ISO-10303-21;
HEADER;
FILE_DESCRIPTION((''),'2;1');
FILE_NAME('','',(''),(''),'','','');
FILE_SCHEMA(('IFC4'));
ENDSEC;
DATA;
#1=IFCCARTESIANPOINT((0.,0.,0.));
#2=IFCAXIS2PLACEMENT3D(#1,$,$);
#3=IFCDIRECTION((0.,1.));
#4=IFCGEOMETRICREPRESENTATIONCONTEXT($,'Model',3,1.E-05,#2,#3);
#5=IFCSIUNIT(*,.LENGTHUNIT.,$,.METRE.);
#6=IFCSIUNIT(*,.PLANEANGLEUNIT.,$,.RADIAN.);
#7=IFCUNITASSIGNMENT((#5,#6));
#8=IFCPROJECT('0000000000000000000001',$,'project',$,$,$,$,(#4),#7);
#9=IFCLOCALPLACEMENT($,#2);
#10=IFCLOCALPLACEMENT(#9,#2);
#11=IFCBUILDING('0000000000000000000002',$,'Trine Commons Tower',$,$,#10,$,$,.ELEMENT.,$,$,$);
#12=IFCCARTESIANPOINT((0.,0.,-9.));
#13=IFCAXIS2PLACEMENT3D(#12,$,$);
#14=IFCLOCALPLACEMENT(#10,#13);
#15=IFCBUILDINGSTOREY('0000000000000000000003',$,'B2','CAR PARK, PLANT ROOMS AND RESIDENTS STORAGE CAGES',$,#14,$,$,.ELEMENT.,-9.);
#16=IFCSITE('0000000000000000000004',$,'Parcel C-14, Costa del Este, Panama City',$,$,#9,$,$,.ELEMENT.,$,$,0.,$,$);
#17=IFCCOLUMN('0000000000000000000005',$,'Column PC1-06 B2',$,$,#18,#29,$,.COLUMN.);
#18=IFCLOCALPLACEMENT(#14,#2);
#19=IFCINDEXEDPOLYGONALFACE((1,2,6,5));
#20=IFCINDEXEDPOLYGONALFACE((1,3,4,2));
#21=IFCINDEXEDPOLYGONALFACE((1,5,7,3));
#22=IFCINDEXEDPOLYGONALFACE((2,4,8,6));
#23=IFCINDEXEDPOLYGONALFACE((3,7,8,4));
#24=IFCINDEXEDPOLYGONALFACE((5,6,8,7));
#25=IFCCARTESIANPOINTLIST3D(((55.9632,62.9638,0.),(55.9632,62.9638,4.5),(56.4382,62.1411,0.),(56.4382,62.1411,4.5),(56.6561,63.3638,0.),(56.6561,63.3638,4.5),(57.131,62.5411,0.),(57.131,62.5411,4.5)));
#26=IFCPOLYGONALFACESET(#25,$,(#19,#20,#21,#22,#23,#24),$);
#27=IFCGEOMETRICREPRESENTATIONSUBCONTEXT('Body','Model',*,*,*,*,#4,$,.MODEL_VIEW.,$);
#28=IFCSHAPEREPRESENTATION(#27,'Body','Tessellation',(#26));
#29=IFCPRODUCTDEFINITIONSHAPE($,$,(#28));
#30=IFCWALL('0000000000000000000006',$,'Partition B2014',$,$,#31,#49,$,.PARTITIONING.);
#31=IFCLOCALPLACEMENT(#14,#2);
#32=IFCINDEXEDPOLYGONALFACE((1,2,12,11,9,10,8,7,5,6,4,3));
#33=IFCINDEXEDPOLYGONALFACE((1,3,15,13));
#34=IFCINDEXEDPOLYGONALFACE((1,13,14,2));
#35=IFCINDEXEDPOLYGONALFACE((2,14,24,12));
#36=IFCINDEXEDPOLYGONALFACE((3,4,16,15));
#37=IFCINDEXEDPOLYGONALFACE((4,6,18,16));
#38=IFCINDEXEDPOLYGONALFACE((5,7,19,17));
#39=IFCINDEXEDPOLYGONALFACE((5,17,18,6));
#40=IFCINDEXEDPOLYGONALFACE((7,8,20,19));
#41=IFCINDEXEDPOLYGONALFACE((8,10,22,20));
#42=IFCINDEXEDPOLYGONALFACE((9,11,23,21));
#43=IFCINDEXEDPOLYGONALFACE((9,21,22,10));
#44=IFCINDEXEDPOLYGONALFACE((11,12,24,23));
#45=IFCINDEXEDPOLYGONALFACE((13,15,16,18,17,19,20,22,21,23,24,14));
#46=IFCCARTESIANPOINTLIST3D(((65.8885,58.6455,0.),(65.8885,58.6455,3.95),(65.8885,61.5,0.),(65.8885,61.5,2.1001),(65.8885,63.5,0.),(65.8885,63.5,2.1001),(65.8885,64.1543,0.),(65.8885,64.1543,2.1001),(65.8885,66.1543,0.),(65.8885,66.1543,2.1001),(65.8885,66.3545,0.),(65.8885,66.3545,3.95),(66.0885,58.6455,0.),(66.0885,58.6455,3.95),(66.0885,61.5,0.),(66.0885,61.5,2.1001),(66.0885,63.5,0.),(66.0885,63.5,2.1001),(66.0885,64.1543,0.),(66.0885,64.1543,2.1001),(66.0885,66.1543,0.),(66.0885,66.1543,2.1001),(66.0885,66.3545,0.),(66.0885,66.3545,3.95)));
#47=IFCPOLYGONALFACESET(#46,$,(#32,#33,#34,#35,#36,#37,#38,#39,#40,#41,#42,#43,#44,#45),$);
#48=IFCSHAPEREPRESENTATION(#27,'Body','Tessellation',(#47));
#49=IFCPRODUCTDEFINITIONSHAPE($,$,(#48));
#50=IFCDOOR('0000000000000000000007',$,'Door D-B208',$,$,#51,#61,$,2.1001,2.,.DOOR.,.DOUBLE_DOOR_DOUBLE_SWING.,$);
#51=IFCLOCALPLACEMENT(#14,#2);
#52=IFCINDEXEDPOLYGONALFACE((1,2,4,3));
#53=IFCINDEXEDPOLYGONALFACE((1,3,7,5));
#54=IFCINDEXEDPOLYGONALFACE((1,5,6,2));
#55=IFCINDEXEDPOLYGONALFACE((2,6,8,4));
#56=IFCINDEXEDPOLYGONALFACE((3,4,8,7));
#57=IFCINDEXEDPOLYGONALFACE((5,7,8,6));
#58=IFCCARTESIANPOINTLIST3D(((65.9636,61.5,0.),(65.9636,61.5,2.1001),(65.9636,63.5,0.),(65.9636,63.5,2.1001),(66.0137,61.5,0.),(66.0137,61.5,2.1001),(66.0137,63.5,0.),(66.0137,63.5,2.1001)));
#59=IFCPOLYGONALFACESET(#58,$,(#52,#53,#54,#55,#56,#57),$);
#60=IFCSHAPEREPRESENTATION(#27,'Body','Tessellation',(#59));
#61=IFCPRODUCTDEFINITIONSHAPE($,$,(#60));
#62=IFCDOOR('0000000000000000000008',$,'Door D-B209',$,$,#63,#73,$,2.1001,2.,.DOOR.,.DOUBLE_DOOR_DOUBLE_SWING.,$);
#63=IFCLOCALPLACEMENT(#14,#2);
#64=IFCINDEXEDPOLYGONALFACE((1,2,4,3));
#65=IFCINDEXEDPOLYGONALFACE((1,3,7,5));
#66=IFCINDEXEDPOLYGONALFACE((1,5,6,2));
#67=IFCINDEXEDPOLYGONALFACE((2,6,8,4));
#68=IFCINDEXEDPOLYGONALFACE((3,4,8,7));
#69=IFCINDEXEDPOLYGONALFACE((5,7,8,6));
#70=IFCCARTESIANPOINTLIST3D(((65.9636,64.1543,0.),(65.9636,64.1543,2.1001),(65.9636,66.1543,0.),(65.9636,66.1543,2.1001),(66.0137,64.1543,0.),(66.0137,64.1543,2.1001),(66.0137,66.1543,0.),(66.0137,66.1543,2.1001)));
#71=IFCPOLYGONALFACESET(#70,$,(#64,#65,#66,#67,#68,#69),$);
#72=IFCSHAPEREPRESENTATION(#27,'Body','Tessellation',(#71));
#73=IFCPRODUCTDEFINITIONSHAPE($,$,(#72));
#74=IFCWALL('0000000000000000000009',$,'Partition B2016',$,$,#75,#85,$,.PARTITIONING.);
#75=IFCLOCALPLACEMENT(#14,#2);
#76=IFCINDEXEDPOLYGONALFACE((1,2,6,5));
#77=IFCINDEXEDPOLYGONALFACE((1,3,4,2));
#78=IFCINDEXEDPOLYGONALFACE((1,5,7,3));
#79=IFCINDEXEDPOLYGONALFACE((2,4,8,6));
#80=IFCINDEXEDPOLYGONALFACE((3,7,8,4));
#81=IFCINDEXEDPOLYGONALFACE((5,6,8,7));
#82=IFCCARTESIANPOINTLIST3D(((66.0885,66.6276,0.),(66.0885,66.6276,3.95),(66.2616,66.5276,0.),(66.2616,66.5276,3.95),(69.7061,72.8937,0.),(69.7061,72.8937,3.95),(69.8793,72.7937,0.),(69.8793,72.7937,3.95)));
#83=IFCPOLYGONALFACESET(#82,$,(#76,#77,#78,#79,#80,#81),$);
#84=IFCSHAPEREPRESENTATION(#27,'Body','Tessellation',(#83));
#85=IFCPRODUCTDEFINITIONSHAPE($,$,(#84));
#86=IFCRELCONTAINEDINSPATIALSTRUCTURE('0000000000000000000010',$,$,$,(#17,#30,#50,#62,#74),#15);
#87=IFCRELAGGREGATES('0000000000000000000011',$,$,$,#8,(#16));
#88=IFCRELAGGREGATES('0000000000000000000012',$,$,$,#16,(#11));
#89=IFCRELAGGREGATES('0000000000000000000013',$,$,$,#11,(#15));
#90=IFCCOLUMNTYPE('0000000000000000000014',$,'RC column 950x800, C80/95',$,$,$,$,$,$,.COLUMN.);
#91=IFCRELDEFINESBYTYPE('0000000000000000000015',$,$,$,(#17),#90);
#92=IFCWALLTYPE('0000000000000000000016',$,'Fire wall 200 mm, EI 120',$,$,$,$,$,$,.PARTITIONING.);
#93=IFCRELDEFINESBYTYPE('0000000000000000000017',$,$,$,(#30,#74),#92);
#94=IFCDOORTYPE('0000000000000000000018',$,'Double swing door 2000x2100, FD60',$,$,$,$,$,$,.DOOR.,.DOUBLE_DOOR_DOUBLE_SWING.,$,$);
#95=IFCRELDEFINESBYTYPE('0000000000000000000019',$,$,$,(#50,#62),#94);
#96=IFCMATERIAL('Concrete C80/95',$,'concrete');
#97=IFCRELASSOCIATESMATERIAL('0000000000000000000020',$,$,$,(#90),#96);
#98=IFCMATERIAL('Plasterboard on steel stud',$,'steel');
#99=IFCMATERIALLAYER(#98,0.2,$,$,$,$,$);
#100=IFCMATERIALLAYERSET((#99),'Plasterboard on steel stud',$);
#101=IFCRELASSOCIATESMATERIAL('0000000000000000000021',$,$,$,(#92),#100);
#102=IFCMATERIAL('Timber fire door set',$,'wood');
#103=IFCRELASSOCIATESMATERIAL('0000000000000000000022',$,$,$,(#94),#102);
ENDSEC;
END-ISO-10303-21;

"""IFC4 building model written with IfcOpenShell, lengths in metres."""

from ifc_helpers import new_model, si_unit, direction, frame, frame_2d, origin, origin_2d, place, context, subcontext, project, spatial, rectangle, extrude, material, layer, layer_set, material_profile, profile_set, type_object, element, fill, save


model = new_model("IFC4")

# Units and contexts
model_context = context("Model", 3, precision=1e-05, world=origin(), true_north=direction((0.0, 1.0)))
body_context = subcontext(model_context, "Body", "Model", "MODEL_VIEW")
ifc_project = project(units=[si_unit("LENGTHUNIT", "METRE"), si_unit("PLANEANGLEUNIT", "RADIAN")], contexts=[model_context])

# Site, building, storey
site_placement = place(None, origin())
site = spatial("IfcSite", under=ifc_project, at=site_placement, Name="Parcel C-14, Costa del Este, Panama City", CompositionType="ELEMENT", RefElevation=0.0)
building_placement = place(site_placement, origin())
building = spatial("IfcBuilding", under=site, at=building_placement, Name="Trine Commons Tower", CompositionType="ELEMENT")
storey_placement = place(building_placement, frame((0.0, 0.0, -9.0)))
storey = spatial("IfcBuildingStorey", under=building, at=storey_placement, Name="B2", Description="CAR PARK, PLANT ROOMS AND RESIDENTS STORAGE CAGES", CompositionType="ELEMENT", Elevation=-9.0)

# Column
ifc_material_1 = material(Name="Concrete C80/95", Category="concrete")
ifc_material_profile_1 = material_profile(ifc_material_1, rectangle(XDim=0.95, YDim=0.8, at=origin_2d()), Name="RC 950x800")
ifc_profile_set_1 = profile_set([ifc_material_profile_1], Name="Concrete C80/95")
column_type_1 = type_object("IfcColumnType", Name="RC column 950x800, C80/95", PredefinedType="COLUMN", material=ifc_profile_set_1)
for number, where, z_axis, x_axis, name in (
    (1, (56.5471, 62.7524, 0.0), (0.0, 0.0, 1.0), (-0.5, 0.866025, 0.0), "Column PC1-06 B2"),
):
    element("IfcColumn", number, at=place(storey_placement, frame(where, z_axis=z_axis, x_axis=x_axis)), inside=storey, type_object=column_type_1, Name=name, PredefinedType="COLUMN", context=body_context, shape_type="SweptSolid", body=[
        extrude(rectangle(XDim=0.95, YDim=0.8, at=origin_2d()), origin(), (0.0, 0.0, 1.0), 4.5),
    ])

# Wall, openings, doors
ifc_material_2 = material(Name="Plasterboard on steel stud", Category="steel")
ifc_layer = layer(ifc_material_2, 0.2)
ifc_layer_set = layer_set([ifc_layer], Name="Plasterboard on steel stud")
wall_type = type_object("IfcWallType", Name="Fire wall 200 mm, EI 120", PredefinedType="PARTITIONING", material=ifc_layer_set)
wall_1_placement = place(storey_placement, frame((65.9885, 58.6455, 0.0), z_axis=(0.0, 0.0, 1.0), x_axis=(0.0, 1.0, 0.0)))
wall_1 = element("IfcWall", 2, at=wall_1_placement, inside=storey, type_object=wall_type, Name="Partition B2014", PredefinedType="PARTITIONING", context=body_context, shape_type="SweptSolid", body=[
    extrude(rectangle(XDim=7.709, YDim=0.2, at=frame_2d((3.8545, 0.0))), origin(), (0.0, 0.0, 1.0), 3.95),
])
opening_1_placement = place(wall_1_placement, frame((2.8545, 0.0, 0.0)))
opening_1 = element("IfcOpeningElement", 3, at=opening_1_placement, cuts=wall_1, PredefinedType="OPENING", context=body_context, shape_type="SweptSolid", body=[
    extrude(rectangle(XDim=2.0, YDim=2.1001, at=frame_2d((1.0, 1.05))), frame((0.0, 0.1099, 0.0), z_axis=(0.0, -1.0, 0.0), x_axis=(1.0, 0.0, 0.0)), (0.0, 0.0, 1.0), 0.22),
])
opening_2_placement = place(wall_1_placement, frame((5.5088, 0.0, 0.0)))
opening_2 = element("IfcOpeningElement", 4, at=opening_2_placement, cuts=wall_1, PredefinedType="OPENING", context=body_context, shape_type="SweptSolid", body=[
    extrude(rectangle(XDim=2.0, YDim=2.1001, at=frame_2d((1.0, 1.05))), frame((0.0, 0.1099, 0.0), z_axis=(0.0, -1.0, 0.0), x_axis=(1.0, 0.0, 0.0)), (0.0, 0.0, 1.0), 0.22),
])
ifc_material_3 = material(Name="Timber fire door set", Category="wood")
door_type = type_object("IfcDoorType", Name="Double swing door 2000x2100, FD60", OperationType="DOUBLE_DOOR_DOUBLE_SWING", PredefinedType="DOOR", material=ifc_material_3)
door_1_placement = place(opening_1_placement, origin())
door_1 = element("IfcDoor", 5, at=door_1_placement, inside=storey, type_object=door_type, Name="Door D-B208", OperationType="DOUBLE_DOOR_DOUBLE_SWING", OverallHeight=2.1001, OverallWidth=2.0, PredefinedType="DOOR", context=body_context, shape_type="SweptSolid", body=[
    extrude(rectangle(XDim=2.0, YDim=2.1001, at=frame_2d((1.0, 1.05))), frame((0.0, 0.0249, 0.0), z_axis=(0.0, -1.0, 0.0), x_axis=(1.0, 0.0, 0.0)), (0.0, 0.0, 1.0), 0.05),
])
fill(opening_1, door_1)
door_2_placement = place(opening_2_placement, origin())
door_2 = element("IfcDoor", 6, at=door_2_placement, inside=storey, type_object=door_type, Name="Door D-B209", OperationType="DOUBLE_DOOR_DOUBLE_SWING", OverallHeight=2.1001, OverallWidth=2.0, PredefinedType="DOOR", context=body_context, shape_type="SweptSolid", body=[
    extrude(rectangle(XDim=2.0, YDim=2.1001, at=frame_2d((1.0, 1.05))), frame((0.0, 0.0249, 0.0), z_axis=(0.0, -1.0, 0.0), x_axis=(1.0, 0.0, 0.0)), (0.0, 0.0, 1.0), 0.05),
])
fill(opening_2, door_2)

# Wall
wall_2_placement = place(storey_placement, frame((66.175, 66.5776, 0.0), z_axis=(0.0, 0.0, 1.0), x_axis=(0.499993, 0.866029, 0.0)))
element("IfcWall", 7, at=wall_2_placement, inside=storey, type_object=wall_type, Name="Partition B2016", PredefinedType="PARTITIONING", context=body_context, shape_type="SweptSolid", body=[
    extrude(rectangle(XDim=7.2354, YDim=0.2, at=frame_2d((3.6177, 0.0))), origin(), (0.0, 0.0, 1.0), 3.95),
])

save(model, "model.ifc")
